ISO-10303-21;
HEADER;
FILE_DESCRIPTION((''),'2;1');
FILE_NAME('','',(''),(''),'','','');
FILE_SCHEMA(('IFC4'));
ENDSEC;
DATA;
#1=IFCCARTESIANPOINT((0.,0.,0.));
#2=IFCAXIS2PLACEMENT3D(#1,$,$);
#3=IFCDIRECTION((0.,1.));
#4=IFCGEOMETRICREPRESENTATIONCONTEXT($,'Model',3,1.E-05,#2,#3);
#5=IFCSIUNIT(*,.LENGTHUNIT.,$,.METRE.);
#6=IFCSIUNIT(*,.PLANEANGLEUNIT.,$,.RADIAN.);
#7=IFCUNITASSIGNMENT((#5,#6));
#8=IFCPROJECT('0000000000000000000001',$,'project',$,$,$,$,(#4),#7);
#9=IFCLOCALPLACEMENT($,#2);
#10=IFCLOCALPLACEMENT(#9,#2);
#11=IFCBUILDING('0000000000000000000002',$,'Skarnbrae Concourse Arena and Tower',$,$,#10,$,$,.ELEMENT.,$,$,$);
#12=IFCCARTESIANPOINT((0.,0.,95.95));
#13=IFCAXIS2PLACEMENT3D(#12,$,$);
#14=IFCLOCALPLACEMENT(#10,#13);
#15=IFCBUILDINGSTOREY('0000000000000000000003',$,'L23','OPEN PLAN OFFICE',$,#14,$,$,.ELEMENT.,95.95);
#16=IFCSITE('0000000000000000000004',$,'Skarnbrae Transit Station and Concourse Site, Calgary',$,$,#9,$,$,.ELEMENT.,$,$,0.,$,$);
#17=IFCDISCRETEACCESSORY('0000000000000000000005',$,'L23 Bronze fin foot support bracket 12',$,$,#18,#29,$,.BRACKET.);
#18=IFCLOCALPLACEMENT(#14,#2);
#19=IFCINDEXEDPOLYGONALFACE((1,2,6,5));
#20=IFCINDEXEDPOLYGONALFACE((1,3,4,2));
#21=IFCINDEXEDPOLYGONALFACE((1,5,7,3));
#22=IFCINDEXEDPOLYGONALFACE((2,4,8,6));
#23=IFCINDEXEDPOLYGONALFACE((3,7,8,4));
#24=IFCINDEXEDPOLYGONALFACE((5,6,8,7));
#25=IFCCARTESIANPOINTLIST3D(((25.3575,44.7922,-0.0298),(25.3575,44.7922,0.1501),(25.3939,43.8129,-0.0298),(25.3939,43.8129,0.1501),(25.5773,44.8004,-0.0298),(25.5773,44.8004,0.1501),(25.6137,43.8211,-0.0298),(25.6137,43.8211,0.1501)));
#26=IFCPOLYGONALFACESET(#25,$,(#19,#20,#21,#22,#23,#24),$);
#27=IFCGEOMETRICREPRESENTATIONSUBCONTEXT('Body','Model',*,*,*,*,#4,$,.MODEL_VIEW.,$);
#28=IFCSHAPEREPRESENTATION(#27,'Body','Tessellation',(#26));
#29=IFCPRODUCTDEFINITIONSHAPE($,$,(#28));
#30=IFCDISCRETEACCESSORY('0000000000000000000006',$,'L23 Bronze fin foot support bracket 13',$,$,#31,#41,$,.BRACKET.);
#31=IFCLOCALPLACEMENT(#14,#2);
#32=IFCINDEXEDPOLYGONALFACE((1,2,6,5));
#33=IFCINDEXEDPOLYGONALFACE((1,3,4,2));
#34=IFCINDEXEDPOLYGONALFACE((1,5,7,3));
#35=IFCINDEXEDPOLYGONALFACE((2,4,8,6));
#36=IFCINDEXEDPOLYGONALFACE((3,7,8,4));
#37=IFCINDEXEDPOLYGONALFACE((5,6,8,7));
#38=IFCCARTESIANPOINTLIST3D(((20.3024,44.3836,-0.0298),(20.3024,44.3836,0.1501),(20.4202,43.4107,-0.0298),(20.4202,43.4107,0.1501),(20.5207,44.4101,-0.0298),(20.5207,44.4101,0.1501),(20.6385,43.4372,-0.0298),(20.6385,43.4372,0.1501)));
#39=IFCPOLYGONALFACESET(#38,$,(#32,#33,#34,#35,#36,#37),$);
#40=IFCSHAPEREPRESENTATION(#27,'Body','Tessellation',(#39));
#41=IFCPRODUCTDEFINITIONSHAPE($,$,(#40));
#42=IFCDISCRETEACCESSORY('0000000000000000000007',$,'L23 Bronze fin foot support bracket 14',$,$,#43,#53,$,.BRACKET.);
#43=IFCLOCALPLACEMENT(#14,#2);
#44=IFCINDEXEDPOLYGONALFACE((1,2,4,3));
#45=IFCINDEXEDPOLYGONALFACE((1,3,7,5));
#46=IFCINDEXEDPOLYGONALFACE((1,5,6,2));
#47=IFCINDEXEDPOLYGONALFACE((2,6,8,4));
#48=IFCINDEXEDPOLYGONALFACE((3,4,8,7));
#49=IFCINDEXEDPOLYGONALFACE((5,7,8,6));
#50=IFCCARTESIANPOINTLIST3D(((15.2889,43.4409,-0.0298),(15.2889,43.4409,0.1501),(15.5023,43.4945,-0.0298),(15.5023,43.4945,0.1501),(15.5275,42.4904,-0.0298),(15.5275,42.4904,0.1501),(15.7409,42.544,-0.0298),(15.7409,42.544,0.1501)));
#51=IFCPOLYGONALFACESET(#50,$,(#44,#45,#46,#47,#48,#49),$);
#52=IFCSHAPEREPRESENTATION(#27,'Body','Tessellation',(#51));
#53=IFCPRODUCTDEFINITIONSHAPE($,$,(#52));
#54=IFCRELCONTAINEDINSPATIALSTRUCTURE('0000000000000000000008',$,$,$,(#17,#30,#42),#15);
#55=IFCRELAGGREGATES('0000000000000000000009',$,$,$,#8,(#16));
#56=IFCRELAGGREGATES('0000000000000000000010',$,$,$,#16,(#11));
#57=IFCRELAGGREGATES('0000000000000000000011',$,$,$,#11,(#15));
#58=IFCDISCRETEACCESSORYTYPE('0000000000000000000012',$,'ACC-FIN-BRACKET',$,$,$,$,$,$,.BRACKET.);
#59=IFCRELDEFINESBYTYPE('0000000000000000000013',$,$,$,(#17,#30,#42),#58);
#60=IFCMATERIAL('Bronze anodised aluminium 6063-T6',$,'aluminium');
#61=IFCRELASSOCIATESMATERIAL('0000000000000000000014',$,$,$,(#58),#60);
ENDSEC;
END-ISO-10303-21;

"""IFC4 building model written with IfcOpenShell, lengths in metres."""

from ifc_helpers import new_model, si_unit, direction, frame, origin, origin_2d, place, context, subcontext, project, spatial, rectangle, extrude, source, transform, mapped, material, type_object, element, save


model = new_model("IFC4")

# Units and contexts
model_context = context("Model", 3, precision=1e-05, world=origin(), true_north=direction((0.0, 1.0)))
body_context = subcontext(model_context, "Body", "Model", "MODEL_VIEW")
ifc_project = project(units=[si_unit("LENGTHUNIT", "METRE"), si_unit("PLANEANGLEUNIT", "RADIAN")], contexts=[model_context])

# Site, building, storey
site_placement = place(None, origin())
site = spatial("IfcSite", under=ifc_project, at=site_placement, Name="Skarnbrae Transit Station and Concourse Site, Calgary", CompositionType="ELEMENT", RefElevation=0.0)
building_placement = place(site_placement, origin())
building = spatial("IfcBuilding", under=site, at=building_placement, Name="Skarnbrae Concourse Arena and Tower", CompositionType="ELEMENT")
storey_placement = place(building_placement, frame((0.0, 0.0, 95.95)))
storey = spatial("IfcBuildingStorey", under=building, at=storey_placement, Name="L23", Description="OPEN PLAN OFFICE", CompositionType="ELEMENT", Elevation=95.95)

# Shared definitions
ifc_material_1 = material(Name="Bronze anodised aluminium 6063-T6", Category="aluminium")

# Discrete accessories
discrete_accessory_type = type_object("IfcDiscreteAccessoryType", Name="ACC-FIN-BRACKET", PredefinedType="BRACKET", material=ifc_material_1)
shared_shape_1 = source(origin(), body_context, "Body", "SweptSolid", [
    extrude(rectangle(XDim=0.22, YDim=0.98, at=origin_2d()), origin(), (0.0, 0.0, 1.0), 0.1799),
])
for number, where, z_axis, x_axis, name in (
    (1, (25.4856, 44.3066, -0.0298), (0.0, 0.0, 1.0), (0.999308, 0.037184, 0.0), "L23 Bronze fin foot support bracket 12"),
    (2, (20.4705, 43.9104, -0.0298), (0.0, 0.0, 1.0), (0.992749, 0.120206, 0.0), "L23 Bronze fin foot support bracket 13"),
    (3, (15.5149, 42.9924, -0.0298), (0.0, 0.0, 1.0), (0.969902, 0.243497, 0.0), "L23 Bronze fin foot support bracket 14"),
):
    element("IfcDiscreteAccessory", number, at=place(storey_placement, frame(where, z_axis=z_axis, x_axis=x_axis)), inside=storey, type_object=discrete_accessory_type, Name=name, PredefinedType="BRACKET", context=body_context, shape_type="MappedRepresentation", body=[
        mapped(shared_shape_1, transform((0.0, 0.0, 0.0))),
    ])

save(model, "model.ifc")
